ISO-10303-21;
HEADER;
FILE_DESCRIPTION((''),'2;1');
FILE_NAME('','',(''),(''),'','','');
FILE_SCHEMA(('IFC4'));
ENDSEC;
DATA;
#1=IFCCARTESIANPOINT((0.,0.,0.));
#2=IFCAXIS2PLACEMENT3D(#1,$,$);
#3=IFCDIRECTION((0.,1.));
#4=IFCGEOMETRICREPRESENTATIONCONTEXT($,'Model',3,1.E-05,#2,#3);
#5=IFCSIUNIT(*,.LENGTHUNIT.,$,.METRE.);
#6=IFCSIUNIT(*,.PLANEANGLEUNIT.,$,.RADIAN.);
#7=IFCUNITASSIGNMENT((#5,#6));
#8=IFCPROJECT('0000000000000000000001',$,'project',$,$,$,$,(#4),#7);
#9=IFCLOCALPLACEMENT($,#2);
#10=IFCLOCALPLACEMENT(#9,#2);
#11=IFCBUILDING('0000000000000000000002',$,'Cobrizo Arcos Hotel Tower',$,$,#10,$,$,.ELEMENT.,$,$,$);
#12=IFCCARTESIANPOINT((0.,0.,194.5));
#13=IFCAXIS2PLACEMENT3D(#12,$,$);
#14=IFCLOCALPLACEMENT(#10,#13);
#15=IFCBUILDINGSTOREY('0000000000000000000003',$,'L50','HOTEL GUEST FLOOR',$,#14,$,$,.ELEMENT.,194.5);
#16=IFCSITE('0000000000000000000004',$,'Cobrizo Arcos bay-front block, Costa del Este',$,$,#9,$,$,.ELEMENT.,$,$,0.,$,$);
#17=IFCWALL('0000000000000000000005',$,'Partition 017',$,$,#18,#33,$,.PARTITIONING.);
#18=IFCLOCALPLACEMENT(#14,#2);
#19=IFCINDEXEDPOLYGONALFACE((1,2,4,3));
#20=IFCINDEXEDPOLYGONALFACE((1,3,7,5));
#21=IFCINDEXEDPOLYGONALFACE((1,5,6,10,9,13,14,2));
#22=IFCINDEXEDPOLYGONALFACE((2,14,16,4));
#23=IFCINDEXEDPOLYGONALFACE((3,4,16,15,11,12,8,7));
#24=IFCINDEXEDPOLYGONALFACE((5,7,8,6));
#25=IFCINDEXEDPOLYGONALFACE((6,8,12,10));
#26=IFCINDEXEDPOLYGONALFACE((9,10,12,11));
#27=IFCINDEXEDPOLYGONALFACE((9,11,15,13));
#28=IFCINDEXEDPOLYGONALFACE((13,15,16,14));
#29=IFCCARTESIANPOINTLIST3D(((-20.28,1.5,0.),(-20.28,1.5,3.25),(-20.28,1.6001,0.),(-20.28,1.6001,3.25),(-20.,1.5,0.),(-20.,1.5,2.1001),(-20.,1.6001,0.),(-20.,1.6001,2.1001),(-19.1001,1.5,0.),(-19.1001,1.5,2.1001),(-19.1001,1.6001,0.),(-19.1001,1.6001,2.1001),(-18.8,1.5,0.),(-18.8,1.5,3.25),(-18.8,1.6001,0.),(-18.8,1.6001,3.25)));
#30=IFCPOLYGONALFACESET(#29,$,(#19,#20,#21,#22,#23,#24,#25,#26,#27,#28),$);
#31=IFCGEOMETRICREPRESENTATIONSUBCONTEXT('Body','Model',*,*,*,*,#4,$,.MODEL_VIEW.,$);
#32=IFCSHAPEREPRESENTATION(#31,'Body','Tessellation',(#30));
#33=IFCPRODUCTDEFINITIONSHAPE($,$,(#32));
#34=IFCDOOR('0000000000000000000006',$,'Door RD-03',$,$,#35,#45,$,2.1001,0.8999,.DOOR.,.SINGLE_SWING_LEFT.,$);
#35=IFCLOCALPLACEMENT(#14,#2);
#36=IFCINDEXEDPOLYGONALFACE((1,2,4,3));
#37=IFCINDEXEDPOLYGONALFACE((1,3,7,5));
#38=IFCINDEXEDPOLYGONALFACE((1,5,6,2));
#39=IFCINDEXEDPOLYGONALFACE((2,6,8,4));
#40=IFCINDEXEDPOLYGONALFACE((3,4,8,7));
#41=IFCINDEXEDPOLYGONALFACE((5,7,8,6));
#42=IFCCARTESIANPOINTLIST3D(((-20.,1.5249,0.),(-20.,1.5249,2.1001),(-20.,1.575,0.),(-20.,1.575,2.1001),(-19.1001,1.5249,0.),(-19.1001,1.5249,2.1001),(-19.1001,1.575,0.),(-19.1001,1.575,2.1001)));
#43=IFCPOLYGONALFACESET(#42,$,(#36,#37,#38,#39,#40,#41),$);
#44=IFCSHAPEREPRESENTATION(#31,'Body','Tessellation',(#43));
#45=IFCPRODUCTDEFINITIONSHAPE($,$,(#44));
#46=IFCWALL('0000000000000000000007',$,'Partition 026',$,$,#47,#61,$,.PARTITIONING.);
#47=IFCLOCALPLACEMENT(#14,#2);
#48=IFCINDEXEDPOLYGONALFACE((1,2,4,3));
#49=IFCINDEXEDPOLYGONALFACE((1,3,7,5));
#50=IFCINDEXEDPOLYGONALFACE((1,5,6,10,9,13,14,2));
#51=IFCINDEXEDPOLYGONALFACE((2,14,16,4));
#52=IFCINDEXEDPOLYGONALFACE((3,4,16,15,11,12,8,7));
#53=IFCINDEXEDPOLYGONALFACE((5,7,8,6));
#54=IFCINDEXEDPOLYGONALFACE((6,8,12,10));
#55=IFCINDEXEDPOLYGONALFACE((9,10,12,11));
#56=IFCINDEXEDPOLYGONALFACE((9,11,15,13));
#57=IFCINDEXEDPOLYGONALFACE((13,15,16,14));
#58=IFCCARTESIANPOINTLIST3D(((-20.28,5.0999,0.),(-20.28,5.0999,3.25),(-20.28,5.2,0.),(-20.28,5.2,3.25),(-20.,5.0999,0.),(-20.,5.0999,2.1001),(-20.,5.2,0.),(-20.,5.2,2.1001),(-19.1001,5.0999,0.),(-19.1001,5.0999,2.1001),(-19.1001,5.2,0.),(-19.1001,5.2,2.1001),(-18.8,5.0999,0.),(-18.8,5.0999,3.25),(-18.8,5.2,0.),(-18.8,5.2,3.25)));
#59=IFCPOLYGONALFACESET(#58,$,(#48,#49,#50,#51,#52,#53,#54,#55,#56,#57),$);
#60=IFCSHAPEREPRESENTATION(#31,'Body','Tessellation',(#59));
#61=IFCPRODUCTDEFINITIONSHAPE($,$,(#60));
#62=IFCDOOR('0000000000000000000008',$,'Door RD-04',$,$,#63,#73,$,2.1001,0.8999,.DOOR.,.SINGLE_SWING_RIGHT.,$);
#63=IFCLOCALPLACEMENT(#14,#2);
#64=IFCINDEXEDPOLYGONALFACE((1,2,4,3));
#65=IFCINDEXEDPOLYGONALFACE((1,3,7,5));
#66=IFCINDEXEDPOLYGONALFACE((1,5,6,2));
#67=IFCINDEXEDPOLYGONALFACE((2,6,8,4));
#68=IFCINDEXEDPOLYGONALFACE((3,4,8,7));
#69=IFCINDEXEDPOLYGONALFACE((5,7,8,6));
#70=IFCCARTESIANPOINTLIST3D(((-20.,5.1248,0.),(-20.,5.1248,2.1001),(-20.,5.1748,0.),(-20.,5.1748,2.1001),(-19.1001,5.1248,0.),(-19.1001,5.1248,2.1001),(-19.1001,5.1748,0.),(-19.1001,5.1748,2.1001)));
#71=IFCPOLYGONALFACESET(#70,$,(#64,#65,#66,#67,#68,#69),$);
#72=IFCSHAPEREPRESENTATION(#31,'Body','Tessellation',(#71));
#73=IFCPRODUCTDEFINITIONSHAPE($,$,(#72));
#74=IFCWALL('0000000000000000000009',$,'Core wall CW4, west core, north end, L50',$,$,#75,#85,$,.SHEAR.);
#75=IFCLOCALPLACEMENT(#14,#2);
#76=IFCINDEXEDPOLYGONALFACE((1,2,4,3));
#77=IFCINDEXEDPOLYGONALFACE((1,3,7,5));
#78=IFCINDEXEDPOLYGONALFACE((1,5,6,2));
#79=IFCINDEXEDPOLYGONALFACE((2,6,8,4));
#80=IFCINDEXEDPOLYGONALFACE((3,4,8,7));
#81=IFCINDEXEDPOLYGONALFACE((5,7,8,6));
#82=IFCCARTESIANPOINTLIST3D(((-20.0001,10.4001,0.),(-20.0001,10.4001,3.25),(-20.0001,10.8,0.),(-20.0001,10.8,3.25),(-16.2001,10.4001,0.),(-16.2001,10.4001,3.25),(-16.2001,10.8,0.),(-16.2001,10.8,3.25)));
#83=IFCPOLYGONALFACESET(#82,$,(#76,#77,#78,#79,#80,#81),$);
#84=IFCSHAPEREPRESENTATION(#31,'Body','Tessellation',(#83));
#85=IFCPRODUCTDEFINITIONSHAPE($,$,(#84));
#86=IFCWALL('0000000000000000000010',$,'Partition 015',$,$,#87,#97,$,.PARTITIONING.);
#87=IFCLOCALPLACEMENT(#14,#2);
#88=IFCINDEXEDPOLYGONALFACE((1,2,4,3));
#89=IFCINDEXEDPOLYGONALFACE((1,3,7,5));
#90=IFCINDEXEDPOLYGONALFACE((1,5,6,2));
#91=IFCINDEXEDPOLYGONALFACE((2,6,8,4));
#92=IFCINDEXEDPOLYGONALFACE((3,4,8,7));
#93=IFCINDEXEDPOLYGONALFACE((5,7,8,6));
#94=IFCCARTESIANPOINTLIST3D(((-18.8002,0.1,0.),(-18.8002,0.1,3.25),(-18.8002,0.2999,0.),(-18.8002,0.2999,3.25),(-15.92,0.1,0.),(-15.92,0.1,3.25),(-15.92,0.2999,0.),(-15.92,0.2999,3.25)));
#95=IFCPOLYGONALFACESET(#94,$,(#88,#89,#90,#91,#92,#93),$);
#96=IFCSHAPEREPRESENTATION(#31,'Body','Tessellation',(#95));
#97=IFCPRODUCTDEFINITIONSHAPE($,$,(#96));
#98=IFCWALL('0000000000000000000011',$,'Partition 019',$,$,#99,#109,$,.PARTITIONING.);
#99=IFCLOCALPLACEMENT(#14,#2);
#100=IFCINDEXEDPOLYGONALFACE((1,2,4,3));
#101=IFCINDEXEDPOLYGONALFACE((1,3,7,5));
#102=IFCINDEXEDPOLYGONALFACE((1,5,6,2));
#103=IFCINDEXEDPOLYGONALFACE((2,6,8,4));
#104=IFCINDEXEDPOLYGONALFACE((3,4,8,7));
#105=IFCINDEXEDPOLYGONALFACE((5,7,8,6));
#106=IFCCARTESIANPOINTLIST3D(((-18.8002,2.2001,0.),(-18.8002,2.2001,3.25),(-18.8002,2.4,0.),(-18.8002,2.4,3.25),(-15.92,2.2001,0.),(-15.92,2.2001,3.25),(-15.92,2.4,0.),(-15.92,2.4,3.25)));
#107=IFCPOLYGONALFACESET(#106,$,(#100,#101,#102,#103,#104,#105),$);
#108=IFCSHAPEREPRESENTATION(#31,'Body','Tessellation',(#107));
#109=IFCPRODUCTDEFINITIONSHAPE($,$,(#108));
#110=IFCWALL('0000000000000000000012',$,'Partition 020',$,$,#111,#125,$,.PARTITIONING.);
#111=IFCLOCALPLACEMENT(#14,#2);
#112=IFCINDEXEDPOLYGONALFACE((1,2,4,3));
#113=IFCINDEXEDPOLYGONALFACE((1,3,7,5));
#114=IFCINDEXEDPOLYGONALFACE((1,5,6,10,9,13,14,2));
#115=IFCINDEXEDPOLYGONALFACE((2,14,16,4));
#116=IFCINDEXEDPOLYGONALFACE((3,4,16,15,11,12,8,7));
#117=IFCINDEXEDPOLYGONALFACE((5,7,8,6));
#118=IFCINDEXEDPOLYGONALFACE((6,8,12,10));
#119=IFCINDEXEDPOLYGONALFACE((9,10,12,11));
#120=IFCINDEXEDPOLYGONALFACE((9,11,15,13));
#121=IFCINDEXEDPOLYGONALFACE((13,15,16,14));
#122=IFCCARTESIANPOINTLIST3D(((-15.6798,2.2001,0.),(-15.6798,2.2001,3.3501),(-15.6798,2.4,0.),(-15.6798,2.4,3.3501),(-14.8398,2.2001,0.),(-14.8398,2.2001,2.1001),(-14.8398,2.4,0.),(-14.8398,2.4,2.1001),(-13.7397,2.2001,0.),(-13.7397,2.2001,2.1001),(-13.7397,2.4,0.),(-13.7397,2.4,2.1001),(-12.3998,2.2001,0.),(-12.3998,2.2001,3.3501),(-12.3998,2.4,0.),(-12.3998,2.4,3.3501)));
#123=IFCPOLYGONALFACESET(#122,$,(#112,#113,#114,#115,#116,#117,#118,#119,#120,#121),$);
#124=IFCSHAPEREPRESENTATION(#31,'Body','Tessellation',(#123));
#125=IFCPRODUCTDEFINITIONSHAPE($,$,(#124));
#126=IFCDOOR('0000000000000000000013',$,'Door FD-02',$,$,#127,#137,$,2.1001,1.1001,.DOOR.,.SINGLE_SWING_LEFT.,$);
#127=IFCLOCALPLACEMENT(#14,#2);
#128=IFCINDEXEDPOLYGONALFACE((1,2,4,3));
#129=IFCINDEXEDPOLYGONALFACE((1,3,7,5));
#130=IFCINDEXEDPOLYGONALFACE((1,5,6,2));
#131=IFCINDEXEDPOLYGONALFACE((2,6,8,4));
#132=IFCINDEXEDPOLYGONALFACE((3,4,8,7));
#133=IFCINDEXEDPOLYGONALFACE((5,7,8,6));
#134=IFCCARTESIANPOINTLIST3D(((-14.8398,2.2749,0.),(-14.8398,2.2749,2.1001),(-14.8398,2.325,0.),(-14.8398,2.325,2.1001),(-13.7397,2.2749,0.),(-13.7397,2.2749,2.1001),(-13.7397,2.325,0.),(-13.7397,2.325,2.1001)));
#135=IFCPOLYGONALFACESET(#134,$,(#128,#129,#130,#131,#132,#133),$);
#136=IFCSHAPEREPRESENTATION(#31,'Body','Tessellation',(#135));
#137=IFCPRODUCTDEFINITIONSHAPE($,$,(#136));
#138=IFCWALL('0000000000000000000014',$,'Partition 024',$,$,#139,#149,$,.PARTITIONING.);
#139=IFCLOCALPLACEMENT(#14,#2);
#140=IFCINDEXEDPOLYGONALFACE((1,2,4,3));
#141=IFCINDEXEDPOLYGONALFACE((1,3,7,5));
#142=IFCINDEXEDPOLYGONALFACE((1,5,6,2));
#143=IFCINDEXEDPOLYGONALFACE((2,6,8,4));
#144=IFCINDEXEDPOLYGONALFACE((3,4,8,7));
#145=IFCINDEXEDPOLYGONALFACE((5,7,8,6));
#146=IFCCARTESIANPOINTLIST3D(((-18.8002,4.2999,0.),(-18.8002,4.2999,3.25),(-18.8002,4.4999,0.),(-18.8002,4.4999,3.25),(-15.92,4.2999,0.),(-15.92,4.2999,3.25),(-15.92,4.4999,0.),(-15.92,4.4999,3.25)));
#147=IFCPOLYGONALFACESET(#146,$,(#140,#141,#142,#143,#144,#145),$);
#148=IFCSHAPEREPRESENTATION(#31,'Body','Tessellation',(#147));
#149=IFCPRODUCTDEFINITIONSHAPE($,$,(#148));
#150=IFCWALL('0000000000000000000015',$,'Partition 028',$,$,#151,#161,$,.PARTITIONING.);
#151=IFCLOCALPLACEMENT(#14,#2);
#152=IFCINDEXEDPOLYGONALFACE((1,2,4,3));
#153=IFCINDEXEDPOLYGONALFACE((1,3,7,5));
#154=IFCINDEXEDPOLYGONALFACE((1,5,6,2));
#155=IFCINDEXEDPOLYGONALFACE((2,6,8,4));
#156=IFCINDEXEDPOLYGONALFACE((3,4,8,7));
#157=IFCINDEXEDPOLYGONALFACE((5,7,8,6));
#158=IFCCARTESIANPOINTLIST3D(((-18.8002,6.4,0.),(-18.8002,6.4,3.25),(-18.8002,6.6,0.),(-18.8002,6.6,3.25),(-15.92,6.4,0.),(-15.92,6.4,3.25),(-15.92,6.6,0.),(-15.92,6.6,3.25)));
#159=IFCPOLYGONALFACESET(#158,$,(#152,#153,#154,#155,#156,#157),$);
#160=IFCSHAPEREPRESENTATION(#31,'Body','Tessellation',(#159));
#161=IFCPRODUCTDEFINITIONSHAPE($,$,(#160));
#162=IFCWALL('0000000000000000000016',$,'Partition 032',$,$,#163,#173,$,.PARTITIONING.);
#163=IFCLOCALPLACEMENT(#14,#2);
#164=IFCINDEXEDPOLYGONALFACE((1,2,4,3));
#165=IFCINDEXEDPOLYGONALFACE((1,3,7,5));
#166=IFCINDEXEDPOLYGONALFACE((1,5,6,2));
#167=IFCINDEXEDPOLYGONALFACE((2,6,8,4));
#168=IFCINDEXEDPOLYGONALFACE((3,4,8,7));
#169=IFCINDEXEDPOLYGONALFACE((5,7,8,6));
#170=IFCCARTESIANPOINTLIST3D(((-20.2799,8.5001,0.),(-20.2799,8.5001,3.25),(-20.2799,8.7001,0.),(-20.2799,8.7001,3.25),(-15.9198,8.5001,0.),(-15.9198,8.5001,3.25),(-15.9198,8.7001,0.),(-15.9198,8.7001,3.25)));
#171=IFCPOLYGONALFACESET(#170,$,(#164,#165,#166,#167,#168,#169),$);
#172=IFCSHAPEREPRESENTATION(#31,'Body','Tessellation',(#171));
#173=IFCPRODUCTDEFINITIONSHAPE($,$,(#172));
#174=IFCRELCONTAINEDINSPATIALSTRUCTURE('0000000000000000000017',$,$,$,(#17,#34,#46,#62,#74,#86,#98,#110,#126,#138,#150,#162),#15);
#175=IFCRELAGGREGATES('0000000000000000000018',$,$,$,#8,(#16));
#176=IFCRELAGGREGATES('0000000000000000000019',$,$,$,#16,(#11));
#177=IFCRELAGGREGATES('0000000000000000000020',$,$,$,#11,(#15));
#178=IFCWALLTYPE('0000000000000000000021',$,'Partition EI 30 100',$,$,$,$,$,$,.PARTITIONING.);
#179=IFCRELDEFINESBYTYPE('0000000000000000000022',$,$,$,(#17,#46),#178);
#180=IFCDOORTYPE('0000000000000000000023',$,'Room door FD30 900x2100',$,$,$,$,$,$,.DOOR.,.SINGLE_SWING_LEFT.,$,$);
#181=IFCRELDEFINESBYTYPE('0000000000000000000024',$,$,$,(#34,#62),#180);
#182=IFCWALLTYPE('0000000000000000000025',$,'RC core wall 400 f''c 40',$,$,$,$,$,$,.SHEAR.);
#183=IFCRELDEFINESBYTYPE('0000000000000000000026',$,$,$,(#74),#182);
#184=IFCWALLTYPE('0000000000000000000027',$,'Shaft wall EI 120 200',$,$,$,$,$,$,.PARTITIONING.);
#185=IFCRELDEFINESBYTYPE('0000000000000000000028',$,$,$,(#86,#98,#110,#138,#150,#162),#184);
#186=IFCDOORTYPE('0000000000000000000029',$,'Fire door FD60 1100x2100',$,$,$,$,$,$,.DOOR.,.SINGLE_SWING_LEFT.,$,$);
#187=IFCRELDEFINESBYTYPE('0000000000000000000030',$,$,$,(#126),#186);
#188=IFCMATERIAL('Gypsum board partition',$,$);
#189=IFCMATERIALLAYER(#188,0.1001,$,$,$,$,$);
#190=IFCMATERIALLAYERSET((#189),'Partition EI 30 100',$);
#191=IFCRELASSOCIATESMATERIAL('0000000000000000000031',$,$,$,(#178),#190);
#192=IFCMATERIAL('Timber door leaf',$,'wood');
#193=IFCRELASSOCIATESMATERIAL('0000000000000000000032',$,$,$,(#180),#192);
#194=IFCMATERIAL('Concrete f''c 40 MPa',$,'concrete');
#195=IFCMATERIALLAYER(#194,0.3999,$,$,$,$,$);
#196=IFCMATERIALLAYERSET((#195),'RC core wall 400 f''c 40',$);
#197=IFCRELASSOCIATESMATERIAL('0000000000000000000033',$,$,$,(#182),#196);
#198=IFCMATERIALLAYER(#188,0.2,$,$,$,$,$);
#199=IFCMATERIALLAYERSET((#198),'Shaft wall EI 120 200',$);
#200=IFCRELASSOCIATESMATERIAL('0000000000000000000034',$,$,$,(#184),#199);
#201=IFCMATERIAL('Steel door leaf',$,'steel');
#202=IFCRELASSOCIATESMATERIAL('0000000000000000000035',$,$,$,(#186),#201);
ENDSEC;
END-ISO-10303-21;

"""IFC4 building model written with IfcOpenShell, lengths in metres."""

from ifc_helpers import new_model, si_unit, direction, frame, frame_2d, origin, place, context, subcontext, project, spatial, rectangle, extrude, material, layer, layer_set, type_object, element, fill, save


model = new_model("IFC4")

# Units and contexts
model_context = context("Model", 3, precision=1e-05, world=origin(), true_north=direction((0.0, 1.0)))
body_context = subcontext(model_context, "Body", "Model", "MODEL_VIEW")
ifc_project = project(units=[si_unit("LENGTHUNIT", "METRE"), si_unit("PLANEANGLEUNIT", "RADIAN")], contexts=[model_context])

# Site, building, storey
site_placement = place(None, origin())
site = spatial("IfcSite", under=ifc_project, at=site_placement, Name="Cobrizo Arcos bay-front block, Costa del Este", CompositionType="ELEMENT", RefElevation=0.0)
building_placement = place(site_placement, origin())
building = spatial("IfcBuilding", under=site, at=building_placement, Name="Cobrizo Arcos Hotel Tower", CompositionType="ELEMENT")
storey_placement = place(building_placement, frame((0.0, 0.0, 194.5)))
storey = spatial("IfcBuildingStorey", under=building, at=storey_placement, Name="L50", Description="HOTEL GUEST FLOOR", CompositionType="ELEMENT", Elevation=194.5)

# Shared definitions
ifc_material_1 = material(Name="Gypsum board partition")
ifc_material_2 = material(Name="Timber door leaf", Category="wood")

# Walls, openings, doors
ifc_layer_1 = layer(ifc_material_1, 0.1001)
ifc_layer_set_1 = layer_set([ifc_layer_1], Name="Partition EI 30 100")
wall_type_1 = type_object("IfcWallType", Name="Partition EI 30 100", PredefinedType="PARTITIONING", material=ifc_layer_set_1)
wall_1_placement = place(storey_placement, frame((-20.28, 1.55, 0.0), z_axis=(0.0, 0.0, 1.0), x_axis=(1.0, 0.0, 0.0)))
wall_1 = element("IfcWall", 1, at=wall_1_placement, inside=storey, type_object=wall_type_1, Name="Partition 017", PredefinedType="PARTITIONING", context=body_context, shape_type="SweptSolid", body=[
    extrude(rectangle(XDim=1.48, YDim=0.1001, at=frame_2d((0.74, 0.0))), origin(), (0.0, 0.0, 1.0), 3.25),
])
opening_1_placement = place(wall_1_placement, frame((0.28, 0.0, 0.0)))
opening_1 = element("IfcOpeningElement", 2, at=opening_1_placement, cuts=wall_1, PredefinedType="OPENING", context=body_context, shape_type="SweptSolid", body=[
    extrude(rectangle(XDim=0.8999, YDim=2.1001, at=frame_2d((0.45, 1.05))), frame((0.0, 0.062, 0.0), z_axis=(0.0, -1.0, 0.0), x_axis=(1.0, 0.0, 0.0)), (0.0, 0.0, 1.0), 0.124),
])
door_type_1 = type_object("IfcDoorType", Name="Room door FD30 900x2100", OperationType="SINGLE_SWING_LEFT", PredefinedType="DOOR", material=ifc_material_2)
door_1_placement = place(opening_1_placement, origin())
door_1 = element("IfcDoor", 3, at=door_1_placement, inside=storey, type_object=door_type_1, Name="Door RD-03", OperationType="SINGLE_SWING_LEFT", OverallHeight=2.1001, OverallWidth=0.8999, PredefinedType="DOOR", context=body_context, shape_type="SweptSolid", body=[
    extrude(rectangle(XDim=0.8999, YDim=2.1001, at=frame_2d((0.45, 1.05))), frame((0.0, 0.0249, 0.0), z_axis=(0.0, -1.0, 0.0), x_axis=(1.0, 0.0, 0.0)), (0.0, 0.0, 1.0), 0.05),
])
fill(opening_1, door_1)
wall_2_placement = place(storey_placement, frame((-20.28, 5.1499, 0.0), z_axis=(0.0, 0.0, 1.0), x_axis=(1.0, 0.0, 0.0)))
wall_2 = element("IfcWall", 4, at=wall_2_placement, inside=storey, type_object=wall_type_1, Name="Partition 026", PredefinedType="PARTITIONING", context=body_context, shape_type="SweptSolid", body=[
    extrude(rectangle(XDim=1.48, YDim=0.1001, at=frame_2d((0.74, 0.0))), origin(), (0.0, 0.0, 1.0), 3.25),
])
opening_2_placement = place(wall_2_placement, frame((0.28, 0.0, 0.0)))
opening_2 = element("IfcOpeningElement", 5, at=opening_2_placement, cuts=wall_2, PredefinedType="OPENING", context=body_context, shape_type="SweptSolid", body=[
    extrude(rectangle(XDim=0.8999, YDim=2.1001, at=frame_2d((0.45, 1.05))), frame((0.0, 0.062, 0.0), z_axis=(0.0, -1.0, 0.0), x_axis=(1.0, 0.0, 0.0)), (0.0, 0.0, 1.0), 0.124),
])
door_2_placement = place(opening_2_placement, origin())
door_2 = element("IfcDoor", 6, at=door_2_placement, inside=storey, type_object=door_type_1, Name="Door RD-04", OperationType="SINGLE_SWING_RIGHT", OverallHeight=2.1001, OverallWidth=0.8999, PredefinedType="DOOR", context=body_context, shape_type="SweptSolid", body=[
    extrude(rectangle(XDim=0.8999, YDim=2.1001, at=frame_2d((0.45, 1.05))), frame((0.0, 0.0249, 0.0), z_axis=(0.0, -1.0, 0.0), x_axis=(1.0, 0.0, 0.0)), (0.0, 0.0, 1.0), 0.05),
])
fill(opening_2, door_2)

# Walls
ifc_material_3 = material(Name="Concrete f'c 40 MPa", Category="concrete")
ifc_layer_2 = layer(ifc_material_3, 0.3999)
ifc_layer_set_2 = layer_set([ifc_layer_2], Name="RC core wall 400 f'c 40")
wall_type_2 = type_object("IfcWallType", Name="RC core wall 400 f'c 40", PredefinedType="SHEAR", material=ifc_layer_set_2)
wall_3_placement = place(storey_placement, frame((-20.0, 10.6001, 0.0), z_axis=(0.0, 0.0, 1.0), x_axis=(1.0, 0.0, 0.0)))
element("IfcWall", 7, at=wall_3_placement, inside=storey, type_object=wall_type_2, Name="Core wall CW4, west core, north end, L50", PredefinedType="SHEAR", context=body_context, shape_type="SweptSolid", body=[
    extrude(rectangle(XDim=3.8, YDim=0.3999, at=frame_2d((1.8999, 0.0))), origin(), (0.0, 0.0, 1.0), 3.25),
])
ifc_layer_3 = layer(ifc_material_1, 0.2)
ifc_layer_set_3 = layer_set([ifc_layer_3], Name="Shaft wall EI 120 200")
wall_type_3 = type_object("IfcWallType", Name="Shaft wall EI 120 200", PredefinedType="PARTITIONING", material=ifc_layer_set_3)
for number, where, z_axis, x_axis, name in (
    (8, (-18.8, 0.2, 0.0), (0.0, 0.0, 1.0), (1.0, 0.0, 0.0), "Partition 015"),
    (9, (-18.8, 2.3, 0.0), (0.0, 0.0, 1.0), (1.0, 0.0, 0.0), "Partition 019"),
):
    element("IfcWall", number, at=place(storey_placement, frame(where, z_axis=z_axis, x_axis=x_axis)), inside=storey, type_object=wall_type_3, Name=name, PredefinedType="PARTITIONING", context=body_context, shape_type="SweptSolid", body=[
        extrude(rectangle(XDim=2.8801, YDim=0.2, at=frame_2d((1.4399, 0.0))), origin(), (0.0, 0.0, 1.0), 3.25),
    ])

# Wall, opening, door
wall_4_placement = place(storey_placement, frame((-15.6799, 2.3, 0.0), z_axis=(0.0, 0.0, 1.0), x_axis=(1.0, 0.0, 0.0)))
wall_4 = element("IfcWall", 10, at=wall_4_placement, inside=storey, type_object=wall_type_3, Name="Partition 020", PredefinedType="PARTITIONING", context=body_context, shape_type="SweptSolid", body=[
    extrude(rectangle(XDim=3.28, YDim=0.2, at=frame_2d((1.6401, 0.0))), origin(), (0.0, 0.0, 1.0), 3.3501),
])
opening_3_placement = place(wall_4_placement, frame((0.8401, 0.0, 0.0)))
opening_3 = element("IfcOpeningElement", 11, at=opening_3_placement, cuts=wall_4, PredefinedType="OPENING", context=body_context, shape_type="SweptSolid", body=[
    extrude(rectangle(XDim=1.1001, YDim=2.1001, at=frame_2d((0.55, 1.05))), frame((0.0, 0.1121, 0.0), z_axis=(0.0, -1.0, 0.0), x_axis=(1.0, 0.0, 0.0)), (0.0, 0.0, 1.0), 0.2239),
])
ifc_material_4 = material(Name="Steel door leaf", Category="steel")
door_type_2 = type_object("IfcDoorType", Name="Fire door FD60 1100x2100", OperationType="SINGLE_SWING_LEFT", PredefinedType="DOOR", material=ifc_material_4)
door_3_placement = place(opening_3_placement, origin())
door_3 = element("IfcDoor", 12, at=door_3_placement, inside=storey, type_object=door_type_2, Name="Door FD-02", OperationType="SINGLE_SWING_LEFT", OverallHeight=2.1001, OverallWidth=1.1001, PredefinedType="DOOR", context=body_context, shape_type="SweptSolid", body=[
    extrude(rectangle(XDim=1.1001, YDim=2.1001, at=frame_2d((0.55, 1.05))), frame((0.0, 0.0249, 0.0), z_axis=(0.0, -1.0, 0.0), x_axis=(1.0, 0.0, 0.0)), (0.0, 0.0, 1.0), 0.05),
])
fill(opening_3, door_3)

# Walls
for number, where, z_axis, x_axis, name in (
    (13, (-18.8, 4.3999, 0.0), (0.0, 0.0, 1.0), (1.0, 0.0, 0.0), "Partition 024"),
    (14, (-18.8, 6.5, 0.0), (0.0, 0.0, 1.0), (1.0, 0.0, 0.0), "Partition 028"),
):
    element("IfcWall", number, at=place(storey_placement, frame(where, z_axis=z_axis, x_axis=x_axis)), inside=storey, type_object=wall_type_3, Name=name, PredefinedType="PARTITIONING", context=body_context, shape_type="SweptSolid", body=[
        extrude(rectangle(XDim=2.8801, YDim=0.2, at=frame_2d((1.4399, 0.0))), origin(), (0.0, 0.0, 1.0), 3.25),
    ])
wall_5_placement = place(storey_placement, frame((-20.28, 8.6001, 0.0), z_axis=(0.0, 0.0, 1.0), x_axis=(1.0, 0.0, 0.0)))
element("IfcWall", 15, at=wall_5_placement, inside=storey, type_object=wall_type_3, Name="Partition 032", PredefinedType="PARTITIONING", context=body_context, shape_type="SweptSolid", body=[
    extrude(rectangle(XDim=4.3601, YDim=0.2, at=frame_2d((2.1802, 0.0))), origin(), (0.0, 0.0, 1.0), 3.25),
])

save(model, "model.ifc")
